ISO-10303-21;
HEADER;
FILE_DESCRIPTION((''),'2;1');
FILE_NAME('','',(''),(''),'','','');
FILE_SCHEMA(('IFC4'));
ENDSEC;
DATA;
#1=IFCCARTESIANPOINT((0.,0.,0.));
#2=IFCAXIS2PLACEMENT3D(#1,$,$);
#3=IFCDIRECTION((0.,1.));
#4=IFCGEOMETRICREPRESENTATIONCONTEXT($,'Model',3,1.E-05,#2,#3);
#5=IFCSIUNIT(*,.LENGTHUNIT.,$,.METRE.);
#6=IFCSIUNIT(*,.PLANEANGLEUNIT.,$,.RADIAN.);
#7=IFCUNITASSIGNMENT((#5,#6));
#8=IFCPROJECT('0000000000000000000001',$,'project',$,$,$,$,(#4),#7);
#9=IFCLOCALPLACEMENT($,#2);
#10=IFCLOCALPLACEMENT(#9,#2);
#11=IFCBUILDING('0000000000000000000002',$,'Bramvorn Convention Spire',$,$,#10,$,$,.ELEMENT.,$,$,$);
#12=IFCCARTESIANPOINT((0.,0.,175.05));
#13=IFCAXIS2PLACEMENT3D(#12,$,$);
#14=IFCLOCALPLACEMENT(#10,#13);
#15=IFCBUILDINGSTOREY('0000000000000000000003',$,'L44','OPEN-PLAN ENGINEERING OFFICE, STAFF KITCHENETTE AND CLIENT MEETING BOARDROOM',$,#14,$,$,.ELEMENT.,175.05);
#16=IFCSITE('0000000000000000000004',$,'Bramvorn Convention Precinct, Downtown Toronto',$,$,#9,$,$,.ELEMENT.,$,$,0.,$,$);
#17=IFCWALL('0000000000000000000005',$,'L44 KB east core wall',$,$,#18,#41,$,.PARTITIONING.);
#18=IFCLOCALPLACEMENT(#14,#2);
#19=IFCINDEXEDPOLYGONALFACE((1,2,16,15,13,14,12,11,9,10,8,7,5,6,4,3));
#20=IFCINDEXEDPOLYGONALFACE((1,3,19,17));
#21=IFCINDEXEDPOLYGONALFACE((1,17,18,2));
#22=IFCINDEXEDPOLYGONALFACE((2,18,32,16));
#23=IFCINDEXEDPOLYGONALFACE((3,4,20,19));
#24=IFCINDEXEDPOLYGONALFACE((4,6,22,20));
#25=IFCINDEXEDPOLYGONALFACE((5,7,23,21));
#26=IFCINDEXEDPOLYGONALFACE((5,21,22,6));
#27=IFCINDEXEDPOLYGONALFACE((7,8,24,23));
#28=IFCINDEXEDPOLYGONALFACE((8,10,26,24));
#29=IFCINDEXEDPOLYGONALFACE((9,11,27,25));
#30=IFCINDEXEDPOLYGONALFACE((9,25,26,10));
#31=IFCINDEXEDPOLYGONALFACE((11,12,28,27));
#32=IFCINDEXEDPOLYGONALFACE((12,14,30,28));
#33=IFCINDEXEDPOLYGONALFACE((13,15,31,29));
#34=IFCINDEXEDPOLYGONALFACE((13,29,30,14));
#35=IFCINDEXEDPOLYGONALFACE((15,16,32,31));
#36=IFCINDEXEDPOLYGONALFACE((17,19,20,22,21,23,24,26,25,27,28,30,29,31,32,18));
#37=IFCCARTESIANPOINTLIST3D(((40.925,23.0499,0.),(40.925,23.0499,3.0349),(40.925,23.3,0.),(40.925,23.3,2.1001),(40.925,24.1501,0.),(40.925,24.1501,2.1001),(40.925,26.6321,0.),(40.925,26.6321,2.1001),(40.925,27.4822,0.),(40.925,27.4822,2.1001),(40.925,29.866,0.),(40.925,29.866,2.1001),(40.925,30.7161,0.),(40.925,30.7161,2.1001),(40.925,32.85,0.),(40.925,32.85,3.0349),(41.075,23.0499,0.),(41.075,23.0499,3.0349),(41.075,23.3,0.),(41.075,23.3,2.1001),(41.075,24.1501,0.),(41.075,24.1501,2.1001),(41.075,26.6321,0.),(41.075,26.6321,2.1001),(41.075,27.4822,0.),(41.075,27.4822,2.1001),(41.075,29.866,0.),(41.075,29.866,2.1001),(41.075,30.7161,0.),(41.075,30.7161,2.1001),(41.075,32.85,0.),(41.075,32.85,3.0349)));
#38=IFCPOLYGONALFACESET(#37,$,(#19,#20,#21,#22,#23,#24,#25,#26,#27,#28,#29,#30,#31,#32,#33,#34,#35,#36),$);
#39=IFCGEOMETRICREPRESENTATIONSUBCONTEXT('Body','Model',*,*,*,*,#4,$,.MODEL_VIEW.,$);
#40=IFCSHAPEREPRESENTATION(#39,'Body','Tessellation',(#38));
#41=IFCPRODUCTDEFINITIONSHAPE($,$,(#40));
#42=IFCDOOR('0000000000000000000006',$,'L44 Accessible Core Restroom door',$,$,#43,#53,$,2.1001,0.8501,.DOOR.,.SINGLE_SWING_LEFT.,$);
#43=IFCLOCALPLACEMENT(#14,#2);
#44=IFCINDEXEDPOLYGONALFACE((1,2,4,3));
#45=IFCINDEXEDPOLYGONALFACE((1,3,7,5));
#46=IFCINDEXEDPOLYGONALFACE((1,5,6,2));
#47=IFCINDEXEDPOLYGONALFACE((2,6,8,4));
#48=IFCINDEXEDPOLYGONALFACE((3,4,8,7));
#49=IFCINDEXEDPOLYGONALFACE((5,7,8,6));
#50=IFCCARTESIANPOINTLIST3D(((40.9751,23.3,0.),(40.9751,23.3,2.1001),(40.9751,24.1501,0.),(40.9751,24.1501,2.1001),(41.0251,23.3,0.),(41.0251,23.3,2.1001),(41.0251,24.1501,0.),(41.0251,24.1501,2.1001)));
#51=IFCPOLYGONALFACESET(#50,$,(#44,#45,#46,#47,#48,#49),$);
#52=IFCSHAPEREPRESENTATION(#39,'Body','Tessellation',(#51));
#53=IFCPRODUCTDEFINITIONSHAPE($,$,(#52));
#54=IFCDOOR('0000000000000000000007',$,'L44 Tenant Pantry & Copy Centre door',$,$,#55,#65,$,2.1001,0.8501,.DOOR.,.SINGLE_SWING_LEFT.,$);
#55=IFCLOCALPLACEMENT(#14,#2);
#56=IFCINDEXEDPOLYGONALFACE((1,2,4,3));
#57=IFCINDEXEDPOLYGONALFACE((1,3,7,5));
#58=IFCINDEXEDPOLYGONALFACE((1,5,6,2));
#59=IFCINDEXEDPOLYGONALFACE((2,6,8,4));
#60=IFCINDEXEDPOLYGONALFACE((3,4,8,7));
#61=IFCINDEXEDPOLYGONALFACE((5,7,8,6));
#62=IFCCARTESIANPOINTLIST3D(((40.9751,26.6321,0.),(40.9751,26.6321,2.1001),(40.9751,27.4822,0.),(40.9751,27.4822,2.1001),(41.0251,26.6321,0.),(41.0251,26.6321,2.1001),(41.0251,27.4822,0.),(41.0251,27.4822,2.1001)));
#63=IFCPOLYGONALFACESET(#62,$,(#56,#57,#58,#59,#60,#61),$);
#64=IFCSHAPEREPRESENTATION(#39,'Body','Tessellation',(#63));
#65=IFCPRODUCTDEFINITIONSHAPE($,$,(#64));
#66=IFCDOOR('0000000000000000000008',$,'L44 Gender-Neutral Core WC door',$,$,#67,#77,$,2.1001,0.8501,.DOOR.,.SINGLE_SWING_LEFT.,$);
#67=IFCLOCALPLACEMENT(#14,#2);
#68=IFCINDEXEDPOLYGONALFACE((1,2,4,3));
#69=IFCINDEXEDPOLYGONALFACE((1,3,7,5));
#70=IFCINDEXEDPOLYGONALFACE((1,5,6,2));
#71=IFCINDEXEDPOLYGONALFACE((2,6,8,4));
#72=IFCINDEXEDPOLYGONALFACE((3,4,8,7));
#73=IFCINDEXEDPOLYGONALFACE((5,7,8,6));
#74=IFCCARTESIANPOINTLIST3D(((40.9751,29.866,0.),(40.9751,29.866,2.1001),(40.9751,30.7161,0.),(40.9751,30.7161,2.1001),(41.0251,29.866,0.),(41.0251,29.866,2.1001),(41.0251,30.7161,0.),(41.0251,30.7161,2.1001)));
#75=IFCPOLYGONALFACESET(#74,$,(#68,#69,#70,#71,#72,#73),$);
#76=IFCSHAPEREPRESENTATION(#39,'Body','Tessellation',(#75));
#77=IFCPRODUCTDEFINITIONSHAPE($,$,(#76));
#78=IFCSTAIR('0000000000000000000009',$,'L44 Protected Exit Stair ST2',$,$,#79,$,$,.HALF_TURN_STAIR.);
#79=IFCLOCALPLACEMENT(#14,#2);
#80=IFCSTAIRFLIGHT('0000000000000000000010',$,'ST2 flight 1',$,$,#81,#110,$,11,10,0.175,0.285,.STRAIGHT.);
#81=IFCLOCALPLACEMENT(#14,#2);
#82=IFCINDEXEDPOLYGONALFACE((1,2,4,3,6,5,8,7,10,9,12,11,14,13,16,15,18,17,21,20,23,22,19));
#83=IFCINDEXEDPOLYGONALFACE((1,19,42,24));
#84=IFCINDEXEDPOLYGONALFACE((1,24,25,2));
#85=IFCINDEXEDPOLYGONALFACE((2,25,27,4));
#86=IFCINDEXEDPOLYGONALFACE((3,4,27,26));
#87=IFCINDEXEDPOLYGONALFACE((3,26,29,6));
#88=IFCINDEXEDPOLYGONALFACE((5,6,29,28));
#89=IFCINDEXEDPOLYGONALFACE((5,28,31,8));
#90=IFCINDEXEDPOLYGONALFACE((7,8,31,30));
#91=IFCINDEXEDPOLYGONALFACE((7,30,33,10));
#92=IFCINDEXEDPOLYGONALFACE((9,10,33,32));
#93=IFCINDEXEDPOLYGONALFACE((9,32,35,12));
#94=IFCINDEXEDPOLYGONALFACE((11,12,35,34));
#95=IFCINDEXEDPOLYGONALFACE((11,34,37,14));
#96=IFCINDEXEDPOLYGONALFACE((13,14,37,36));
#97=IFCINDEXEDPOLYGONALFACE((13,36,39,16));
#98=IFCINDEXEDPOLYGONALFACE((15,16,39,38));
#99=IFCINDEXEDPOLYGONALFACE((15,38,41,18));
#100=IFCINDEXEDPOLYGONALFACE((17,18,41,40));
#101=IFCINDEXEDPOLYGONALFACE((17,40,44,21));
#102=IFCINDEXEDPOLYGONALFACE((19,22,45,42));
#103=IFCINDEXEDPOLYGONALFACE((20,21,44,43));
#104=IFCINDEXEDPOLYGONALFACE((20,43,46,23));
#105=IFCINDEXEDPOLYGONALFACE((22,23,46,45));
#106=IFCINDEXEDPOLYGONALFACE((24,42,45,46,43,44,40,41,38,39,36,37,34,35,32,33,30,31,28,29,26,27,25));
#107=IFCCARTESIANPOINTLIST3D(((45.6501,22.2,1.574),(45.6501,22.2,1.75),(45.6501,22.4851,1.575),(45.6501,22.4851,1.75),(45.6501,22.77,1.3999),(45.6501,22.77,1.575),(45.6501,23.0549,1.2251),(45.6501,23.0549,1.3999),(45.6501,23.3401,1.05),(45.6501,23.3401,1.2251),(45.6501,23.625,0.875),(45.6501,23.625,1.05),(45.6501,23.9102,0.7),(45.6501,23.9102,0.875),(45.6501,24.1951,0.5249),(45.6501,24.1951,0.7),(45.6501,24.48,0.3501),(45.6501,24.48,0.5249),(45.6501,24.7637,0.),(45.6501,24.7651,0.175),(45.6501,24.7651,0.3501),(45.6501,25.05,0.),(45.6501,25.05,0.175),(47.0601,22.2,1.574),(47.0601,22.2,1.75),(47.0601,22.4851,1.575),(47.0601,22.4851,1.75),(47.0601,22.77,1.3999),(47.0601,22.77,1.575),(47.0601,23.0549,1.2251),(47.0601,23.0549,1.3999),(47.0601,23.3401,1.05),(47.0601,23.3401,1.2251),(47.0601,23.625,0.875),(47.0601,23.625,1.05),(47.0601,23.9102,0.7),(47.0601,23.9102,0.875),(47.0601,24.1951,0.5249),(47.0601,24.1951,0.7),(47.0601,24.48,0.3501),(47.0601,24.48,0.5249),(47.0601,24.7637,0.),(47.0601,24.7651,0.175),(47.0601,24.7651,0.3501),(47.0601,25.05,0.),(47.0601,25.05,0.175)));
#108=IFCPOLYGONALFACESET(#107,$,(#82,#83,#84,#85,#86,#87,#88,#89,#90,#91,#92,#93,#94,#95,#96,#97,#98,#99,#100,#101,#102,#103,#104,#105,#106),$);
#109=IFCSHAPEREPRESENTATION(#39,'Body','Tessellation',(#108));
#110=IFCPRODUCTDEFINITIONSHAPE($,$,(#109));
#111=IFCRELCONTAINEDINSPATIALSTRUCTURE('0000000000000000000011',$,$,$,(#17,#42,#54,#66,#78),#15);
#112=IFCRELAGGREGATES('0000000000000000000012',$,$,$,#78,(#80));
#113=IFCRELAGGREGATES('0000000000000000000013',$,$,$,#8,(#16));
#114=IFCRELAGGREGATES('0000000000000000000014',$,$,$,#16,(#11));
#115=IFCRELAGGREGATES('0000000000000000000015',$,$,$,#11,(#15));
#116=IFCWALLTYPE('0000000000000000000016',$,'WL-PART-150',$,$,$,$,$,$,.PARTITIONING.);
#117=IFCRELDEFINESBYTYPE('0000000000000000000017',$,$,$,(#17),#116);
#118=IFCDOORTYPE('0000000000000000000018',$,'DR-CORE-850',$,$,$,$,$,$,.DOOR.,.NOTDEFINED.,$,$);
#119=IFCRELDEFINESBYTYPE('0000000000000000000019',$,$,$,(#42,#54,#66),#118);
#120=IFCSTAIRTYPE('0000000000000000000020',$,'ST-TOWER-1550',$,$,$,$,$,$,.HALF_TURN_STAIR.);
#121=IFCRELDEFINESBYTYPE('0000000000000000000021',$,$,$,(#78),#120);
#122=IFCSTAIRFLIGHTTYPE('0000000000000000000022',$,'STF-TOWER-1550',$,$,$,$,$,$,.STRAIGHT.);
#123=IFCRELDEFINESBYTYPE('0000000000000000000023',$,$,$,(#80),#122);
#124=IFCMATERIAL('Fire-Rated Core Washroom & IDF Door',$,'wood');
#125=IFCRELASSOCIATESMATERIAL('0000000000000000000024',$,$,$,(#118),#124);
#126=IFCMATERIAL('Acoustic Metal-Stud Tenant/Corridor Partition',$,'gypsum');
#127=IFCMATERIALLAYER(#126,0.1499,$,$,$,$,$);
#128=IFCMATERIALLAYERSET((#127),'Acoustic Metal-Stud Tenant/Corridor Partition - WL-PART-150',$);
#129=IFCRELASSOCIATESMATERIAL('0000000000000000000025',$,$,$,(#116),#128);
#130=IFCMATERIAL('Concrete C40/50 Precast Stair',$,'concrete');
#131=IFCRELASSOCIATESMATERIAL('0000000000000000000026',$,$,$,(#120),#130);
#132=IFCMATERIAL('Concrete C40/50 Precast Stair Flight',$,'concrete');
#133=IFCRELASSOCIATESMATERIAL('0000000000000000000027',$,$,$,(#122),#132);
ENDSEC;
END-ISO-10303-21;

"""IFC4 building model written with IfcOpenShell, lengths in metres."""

from ifc_helpers import new_model, si_unit, direction, frame, frame_2d, origin, place, context, subcontext, project, spatial, polyline, rectangle, outline, extrude, material, layer, layer_set, type_object, element, fill, aggregate, save


model = new_model("IFC4")

# Units and contexts
model_context = context("Model", 3, precision=1e-05, world=origin(), true_north=direction((0.0, 1.0)))
body_context = subcontext(model_context, "Body", "Model", "MODEL_VIEW")
ifc_project = project(units=[si_unit("LENGTHUNIT", "METRE"), si_unit("PLANEANGLEUNIT", "RADIAN")], contexts=[model_context])

# Site, building, storey
site_placement = place(None, origin())
site = spatial("IfcSite", under=ifc_project, at=site_placement, Name="Bramvorn Convention Precinct, Downtown Toronto", CompositionType="ELEMENT", RefElevation=0.0)
building_placement = place(site_placement, origin())
building = spatial("IfcBuilding", under=site, at=building_placement, Name="Bramvorn Convention Spire", CompositionType="ELEMENT")
storey_placement = place(building_placement, frame((0.0, 0.0, 175.05)))
storey = spatial("IfcBuildingStorey", under=building, at=storey_placement, Name="L44", Description="OPEN-PLAN ENGINEERING OFFICE, STAFF KITCHENETTE AND CLIENT MEETING BOARDROOM", CompositionType="ELEMENT", Elevation=175.05)

# Shared definitions
ifc_material_1 = material(Name="Fire-Rated Core Washroom & IDF Door", Category="wood")
door_type_1 = type_object("IfcDoorType", Name="DR-CORE-850", OperationType="NOTDEFINED", PredefinedType="DOOR", material=ifc_material_1)

# Shared definitions
ifc_material_2 = material(Name="Acoustic Metal-Stud Tenant/Corridor Partition", Category="gypsum")
ifc_layer_1 = layer(ifc_material_2, 0.1499)
ifc_layer_set_1 = layer_set([ifc_layer_1], Name="Acoustic Metal-Stud Tenant/Corridor Partition - WL-PART-150")
wall_type_1 = type_object("IfcWallType", Name="WL-PART-150", PredefinedType="PARTITIONING", material=ifc_layer_set_1)

# Wall, openings, doors
wall_1_placement = place(storey_placement, frame((41.0, 23.05, 0.0), z_axis=(0.0, 0.0, 1.0), x_axis=(0.0, 1.0, 0.0)))
wall_1 = element("IfcWall", 1, at=wall_1_placement, inside=storey, type_object=wall_type_1, Name="L44 KB east core wall", PredefinedType="PARTITIONING", context=body_context, shape_type="SweptSolid", body=[
    extrude(rectangle(XDim=9.8, YDim=0.1499, at=frame_2d((4.8999, 0.0))), origin(), (0.0, 0.0, 1.0), 3.0349),
])
opening_1_placement = place(wall_1_placement, frame((0.25, 0.0, 0.0)))
opening_1 = element("IfcOpeningElement", 2, at=opening_1_placement, cuts=wall_1, PredefinedType="OPENING", context=body_context, shape_type="SweptSolid", body=[
    extrude(rectangle(XDim=0.8501, YDim=2.1001, at=frame_2d((0.425, 1.05))), frame((0.0, 0.085, 0.0), z_axis=(0.0, -1.0, 0.0), x_axis=(1.0, 0.0, 0.0)), (0.0, 0.0, 1.0), 0.1699),
])
opening_2_placement = place(wall_1_placement, frame((3.582, 0.0, 0.0)))
opening_2 = element("IfcOpeningElement", 3, at=opening_2_placement, cuts=wall_1, PredefinedType="OPENING", context=body_context, shape_type="SweptSolid", body=[
    extrude(rectangle(XDim=0.8501, YDim=2.1001, at=frame_2d((0.425, 1.05))), frame((0.0, 0.085, 0.0), z_axis=(0.0, -1.0, 0.0), x_axis=(1.0, 0.0, 0.0)), (0.0, 0.0, 1.0), 0.1699),
])
opening_3_placement = place(wall_1_placement, frame((6.8159, 0.0, 0.0)))
opening_3 = element("IfcOpeningElement", 4, at=opening_3_placement, cuts=wall_1, PredefinedType="OPENING", context=body_context, shape_type="SweptSolid", body=[
    extrude(rectangle(XDim=0.8501, YDim=2.1001, at=frame_2d((0.425, 1.05))), frame((0.0, 0.085, 0.0), z_axis=(0.0, -1.0, 0.0), x_axis=(1.0, 0.0, 0.0)), (0.0, 0.0, 1.0), 0.1699),
])
door_1_placement = place(opening_1_placement, origin())
door_1 = element("IfcDoor", 5, at=door_1_placement, inside=storey, type_object=door_type_1, Name="L44 Accessible Core Restroom door", OperationType="SINGLE_SWING_LEFT", OverallHeight=2.1001, OverallWidth=0.8501, PredefinedType="DOOR", context=body_context, shape_type="SweptSolid", body=[
    extrude(rectangle(XDim=0.8501, YDim=2.1001, at=frame_2d((0.425, 1.05))), frame((0.0, 0.0249, 0.0), z_axis=(0.0, -1.0, 0.0), x_axis=(1.0, 0.0, 0.0)), (0.0, 0.0, 1.0), 0.05),
])
fill(opening_1, door_1)
door_2_placement = place(opening_2_placement, origin())
door_2 = element("IfcDoor", 6, at=door_2_placement, inside=storey, type_object=door_type_1, Name="L44 Tenant Pantry & Copy Centre door", OperationType="SINGLE_SWING_LEFT", OverallHeight=2.1001, OverallWidth=0.8501, PredefinedType="DOOR", context=body_context, shape_type="SweptSolid", body=[
    extrude(rectangle(XDim=0.8501, YDim=2.1001, at=frame_2d((0.425, 1.05))), frame((0.0, 0.0249, 0.0), z_axis=(0.0, -1.0, 0.0), x_axis=(1.0, 0.0, 0.0)), (0.0, 0.0, 1.0), 0.05),
])
fill(opening_2, door_2)
door_3_placement = place(opening_3_placement, origin())
door_3 = element("IfcDoor", 7, at=door_3_placement, inside=storey, type_object=door_type_1, Name="L44 Gender-Neutral Core WC door", OperationType="SINGLE_SWING_LEFT", OverallHeight=2.1001, OverallWidth=0.8501, PredefinedType="DOOR", context=body_context, shape_type="SweptSolid", body=[
    extrude(rectangle(XDim=0.8501, YDim=2.1001, at=frame_2d((0.425, 1.05))), frame((0.0, 0.0249, 0.0), z_axis=(0.0, -1.0, 0.0), x_axis=(1.0, 0.0, 0.0)), (0.0, 0.0, 1.0), 0.05),
])
fill(opening_3, door_3)

# Stair, stair flight
ifc_material_3 = material(Name="Concrete C40/50 Precast Stair", Category="concrete")
stair_type = type_object("IfcStairType", Name="ST-TOWER-1550", PredefinedType="HALF_TURN_STAIR", material=ifc_material_3)
stair_placement = place(storey_placement, origin())
stair = element("IfcStair", 8, at=stair_placement, inside=storey, type_object=stair_type, Name="L44 Protected Exit Stair ST2", PredefinedType="HALF_TURN_STAIR")
ifc_material_4 = material(Name="Concrete C40/50 Precast Stair Flight", Category="concrete")
stair_flight_type = type_object("IfcStairFlightType", Name="STF-TOWER-1550", PredefinedType="STRAIGHT", material=ifc_material_4)
stair_flight_placement = place(storey_placement, frame((46.355, 25.05, 0.0), z_axis=(0.0, 0.0, 1.0), x_axis=(0.0, -1.0, 0.0)))
stair_flight = element("IfcStairFlight", 9, at=stair_flight_placement, type_object=stair_flight_type, Name="ST2 flight 1", NumberOfRisers=11, NumberOfTreads=10, PredefinedType="STRAIGHT", RiserHeight=0.175, TreadLength=0.285, context=body_context, shape_type="SweptSolid", body=[
    extrude(outline(polyline([(0.0, 0.0), (0.0, 0.175), (0.2849, 0.175), (0.2849, 0.3501), (0.5701, 0.3501), (0.5701, 0.5249), (0.855, 0.5249), (0.855, 0.7), (1.1399, 0.7), (1.1399, 0.875), (1.425, 0.875), (1.425, 1.05), (1.71, 1.05), (1.71, 1.2251), (1.9951, 1.2251), (1.9951, 1.3999), (2.28, 1.3999), (2.28, 1.575), (2.5649, 1.575), (2.5649, 1.75), (2.8501, 1.75), (2.8501, 1.925), (2.8501, 1.574), (0.2864, 0.0), (0.0, 0.0)])), frame((0.0, 0.7051, 0.0), z_axis=(0.0, -1.0, 0.0), x_axis=(1.0, 0.0, 0.0)), (0.0, 0.0, 1.0), 1.4099),
])
aggregate(stair, [stair_flight])

save(model, "model.ifc")
